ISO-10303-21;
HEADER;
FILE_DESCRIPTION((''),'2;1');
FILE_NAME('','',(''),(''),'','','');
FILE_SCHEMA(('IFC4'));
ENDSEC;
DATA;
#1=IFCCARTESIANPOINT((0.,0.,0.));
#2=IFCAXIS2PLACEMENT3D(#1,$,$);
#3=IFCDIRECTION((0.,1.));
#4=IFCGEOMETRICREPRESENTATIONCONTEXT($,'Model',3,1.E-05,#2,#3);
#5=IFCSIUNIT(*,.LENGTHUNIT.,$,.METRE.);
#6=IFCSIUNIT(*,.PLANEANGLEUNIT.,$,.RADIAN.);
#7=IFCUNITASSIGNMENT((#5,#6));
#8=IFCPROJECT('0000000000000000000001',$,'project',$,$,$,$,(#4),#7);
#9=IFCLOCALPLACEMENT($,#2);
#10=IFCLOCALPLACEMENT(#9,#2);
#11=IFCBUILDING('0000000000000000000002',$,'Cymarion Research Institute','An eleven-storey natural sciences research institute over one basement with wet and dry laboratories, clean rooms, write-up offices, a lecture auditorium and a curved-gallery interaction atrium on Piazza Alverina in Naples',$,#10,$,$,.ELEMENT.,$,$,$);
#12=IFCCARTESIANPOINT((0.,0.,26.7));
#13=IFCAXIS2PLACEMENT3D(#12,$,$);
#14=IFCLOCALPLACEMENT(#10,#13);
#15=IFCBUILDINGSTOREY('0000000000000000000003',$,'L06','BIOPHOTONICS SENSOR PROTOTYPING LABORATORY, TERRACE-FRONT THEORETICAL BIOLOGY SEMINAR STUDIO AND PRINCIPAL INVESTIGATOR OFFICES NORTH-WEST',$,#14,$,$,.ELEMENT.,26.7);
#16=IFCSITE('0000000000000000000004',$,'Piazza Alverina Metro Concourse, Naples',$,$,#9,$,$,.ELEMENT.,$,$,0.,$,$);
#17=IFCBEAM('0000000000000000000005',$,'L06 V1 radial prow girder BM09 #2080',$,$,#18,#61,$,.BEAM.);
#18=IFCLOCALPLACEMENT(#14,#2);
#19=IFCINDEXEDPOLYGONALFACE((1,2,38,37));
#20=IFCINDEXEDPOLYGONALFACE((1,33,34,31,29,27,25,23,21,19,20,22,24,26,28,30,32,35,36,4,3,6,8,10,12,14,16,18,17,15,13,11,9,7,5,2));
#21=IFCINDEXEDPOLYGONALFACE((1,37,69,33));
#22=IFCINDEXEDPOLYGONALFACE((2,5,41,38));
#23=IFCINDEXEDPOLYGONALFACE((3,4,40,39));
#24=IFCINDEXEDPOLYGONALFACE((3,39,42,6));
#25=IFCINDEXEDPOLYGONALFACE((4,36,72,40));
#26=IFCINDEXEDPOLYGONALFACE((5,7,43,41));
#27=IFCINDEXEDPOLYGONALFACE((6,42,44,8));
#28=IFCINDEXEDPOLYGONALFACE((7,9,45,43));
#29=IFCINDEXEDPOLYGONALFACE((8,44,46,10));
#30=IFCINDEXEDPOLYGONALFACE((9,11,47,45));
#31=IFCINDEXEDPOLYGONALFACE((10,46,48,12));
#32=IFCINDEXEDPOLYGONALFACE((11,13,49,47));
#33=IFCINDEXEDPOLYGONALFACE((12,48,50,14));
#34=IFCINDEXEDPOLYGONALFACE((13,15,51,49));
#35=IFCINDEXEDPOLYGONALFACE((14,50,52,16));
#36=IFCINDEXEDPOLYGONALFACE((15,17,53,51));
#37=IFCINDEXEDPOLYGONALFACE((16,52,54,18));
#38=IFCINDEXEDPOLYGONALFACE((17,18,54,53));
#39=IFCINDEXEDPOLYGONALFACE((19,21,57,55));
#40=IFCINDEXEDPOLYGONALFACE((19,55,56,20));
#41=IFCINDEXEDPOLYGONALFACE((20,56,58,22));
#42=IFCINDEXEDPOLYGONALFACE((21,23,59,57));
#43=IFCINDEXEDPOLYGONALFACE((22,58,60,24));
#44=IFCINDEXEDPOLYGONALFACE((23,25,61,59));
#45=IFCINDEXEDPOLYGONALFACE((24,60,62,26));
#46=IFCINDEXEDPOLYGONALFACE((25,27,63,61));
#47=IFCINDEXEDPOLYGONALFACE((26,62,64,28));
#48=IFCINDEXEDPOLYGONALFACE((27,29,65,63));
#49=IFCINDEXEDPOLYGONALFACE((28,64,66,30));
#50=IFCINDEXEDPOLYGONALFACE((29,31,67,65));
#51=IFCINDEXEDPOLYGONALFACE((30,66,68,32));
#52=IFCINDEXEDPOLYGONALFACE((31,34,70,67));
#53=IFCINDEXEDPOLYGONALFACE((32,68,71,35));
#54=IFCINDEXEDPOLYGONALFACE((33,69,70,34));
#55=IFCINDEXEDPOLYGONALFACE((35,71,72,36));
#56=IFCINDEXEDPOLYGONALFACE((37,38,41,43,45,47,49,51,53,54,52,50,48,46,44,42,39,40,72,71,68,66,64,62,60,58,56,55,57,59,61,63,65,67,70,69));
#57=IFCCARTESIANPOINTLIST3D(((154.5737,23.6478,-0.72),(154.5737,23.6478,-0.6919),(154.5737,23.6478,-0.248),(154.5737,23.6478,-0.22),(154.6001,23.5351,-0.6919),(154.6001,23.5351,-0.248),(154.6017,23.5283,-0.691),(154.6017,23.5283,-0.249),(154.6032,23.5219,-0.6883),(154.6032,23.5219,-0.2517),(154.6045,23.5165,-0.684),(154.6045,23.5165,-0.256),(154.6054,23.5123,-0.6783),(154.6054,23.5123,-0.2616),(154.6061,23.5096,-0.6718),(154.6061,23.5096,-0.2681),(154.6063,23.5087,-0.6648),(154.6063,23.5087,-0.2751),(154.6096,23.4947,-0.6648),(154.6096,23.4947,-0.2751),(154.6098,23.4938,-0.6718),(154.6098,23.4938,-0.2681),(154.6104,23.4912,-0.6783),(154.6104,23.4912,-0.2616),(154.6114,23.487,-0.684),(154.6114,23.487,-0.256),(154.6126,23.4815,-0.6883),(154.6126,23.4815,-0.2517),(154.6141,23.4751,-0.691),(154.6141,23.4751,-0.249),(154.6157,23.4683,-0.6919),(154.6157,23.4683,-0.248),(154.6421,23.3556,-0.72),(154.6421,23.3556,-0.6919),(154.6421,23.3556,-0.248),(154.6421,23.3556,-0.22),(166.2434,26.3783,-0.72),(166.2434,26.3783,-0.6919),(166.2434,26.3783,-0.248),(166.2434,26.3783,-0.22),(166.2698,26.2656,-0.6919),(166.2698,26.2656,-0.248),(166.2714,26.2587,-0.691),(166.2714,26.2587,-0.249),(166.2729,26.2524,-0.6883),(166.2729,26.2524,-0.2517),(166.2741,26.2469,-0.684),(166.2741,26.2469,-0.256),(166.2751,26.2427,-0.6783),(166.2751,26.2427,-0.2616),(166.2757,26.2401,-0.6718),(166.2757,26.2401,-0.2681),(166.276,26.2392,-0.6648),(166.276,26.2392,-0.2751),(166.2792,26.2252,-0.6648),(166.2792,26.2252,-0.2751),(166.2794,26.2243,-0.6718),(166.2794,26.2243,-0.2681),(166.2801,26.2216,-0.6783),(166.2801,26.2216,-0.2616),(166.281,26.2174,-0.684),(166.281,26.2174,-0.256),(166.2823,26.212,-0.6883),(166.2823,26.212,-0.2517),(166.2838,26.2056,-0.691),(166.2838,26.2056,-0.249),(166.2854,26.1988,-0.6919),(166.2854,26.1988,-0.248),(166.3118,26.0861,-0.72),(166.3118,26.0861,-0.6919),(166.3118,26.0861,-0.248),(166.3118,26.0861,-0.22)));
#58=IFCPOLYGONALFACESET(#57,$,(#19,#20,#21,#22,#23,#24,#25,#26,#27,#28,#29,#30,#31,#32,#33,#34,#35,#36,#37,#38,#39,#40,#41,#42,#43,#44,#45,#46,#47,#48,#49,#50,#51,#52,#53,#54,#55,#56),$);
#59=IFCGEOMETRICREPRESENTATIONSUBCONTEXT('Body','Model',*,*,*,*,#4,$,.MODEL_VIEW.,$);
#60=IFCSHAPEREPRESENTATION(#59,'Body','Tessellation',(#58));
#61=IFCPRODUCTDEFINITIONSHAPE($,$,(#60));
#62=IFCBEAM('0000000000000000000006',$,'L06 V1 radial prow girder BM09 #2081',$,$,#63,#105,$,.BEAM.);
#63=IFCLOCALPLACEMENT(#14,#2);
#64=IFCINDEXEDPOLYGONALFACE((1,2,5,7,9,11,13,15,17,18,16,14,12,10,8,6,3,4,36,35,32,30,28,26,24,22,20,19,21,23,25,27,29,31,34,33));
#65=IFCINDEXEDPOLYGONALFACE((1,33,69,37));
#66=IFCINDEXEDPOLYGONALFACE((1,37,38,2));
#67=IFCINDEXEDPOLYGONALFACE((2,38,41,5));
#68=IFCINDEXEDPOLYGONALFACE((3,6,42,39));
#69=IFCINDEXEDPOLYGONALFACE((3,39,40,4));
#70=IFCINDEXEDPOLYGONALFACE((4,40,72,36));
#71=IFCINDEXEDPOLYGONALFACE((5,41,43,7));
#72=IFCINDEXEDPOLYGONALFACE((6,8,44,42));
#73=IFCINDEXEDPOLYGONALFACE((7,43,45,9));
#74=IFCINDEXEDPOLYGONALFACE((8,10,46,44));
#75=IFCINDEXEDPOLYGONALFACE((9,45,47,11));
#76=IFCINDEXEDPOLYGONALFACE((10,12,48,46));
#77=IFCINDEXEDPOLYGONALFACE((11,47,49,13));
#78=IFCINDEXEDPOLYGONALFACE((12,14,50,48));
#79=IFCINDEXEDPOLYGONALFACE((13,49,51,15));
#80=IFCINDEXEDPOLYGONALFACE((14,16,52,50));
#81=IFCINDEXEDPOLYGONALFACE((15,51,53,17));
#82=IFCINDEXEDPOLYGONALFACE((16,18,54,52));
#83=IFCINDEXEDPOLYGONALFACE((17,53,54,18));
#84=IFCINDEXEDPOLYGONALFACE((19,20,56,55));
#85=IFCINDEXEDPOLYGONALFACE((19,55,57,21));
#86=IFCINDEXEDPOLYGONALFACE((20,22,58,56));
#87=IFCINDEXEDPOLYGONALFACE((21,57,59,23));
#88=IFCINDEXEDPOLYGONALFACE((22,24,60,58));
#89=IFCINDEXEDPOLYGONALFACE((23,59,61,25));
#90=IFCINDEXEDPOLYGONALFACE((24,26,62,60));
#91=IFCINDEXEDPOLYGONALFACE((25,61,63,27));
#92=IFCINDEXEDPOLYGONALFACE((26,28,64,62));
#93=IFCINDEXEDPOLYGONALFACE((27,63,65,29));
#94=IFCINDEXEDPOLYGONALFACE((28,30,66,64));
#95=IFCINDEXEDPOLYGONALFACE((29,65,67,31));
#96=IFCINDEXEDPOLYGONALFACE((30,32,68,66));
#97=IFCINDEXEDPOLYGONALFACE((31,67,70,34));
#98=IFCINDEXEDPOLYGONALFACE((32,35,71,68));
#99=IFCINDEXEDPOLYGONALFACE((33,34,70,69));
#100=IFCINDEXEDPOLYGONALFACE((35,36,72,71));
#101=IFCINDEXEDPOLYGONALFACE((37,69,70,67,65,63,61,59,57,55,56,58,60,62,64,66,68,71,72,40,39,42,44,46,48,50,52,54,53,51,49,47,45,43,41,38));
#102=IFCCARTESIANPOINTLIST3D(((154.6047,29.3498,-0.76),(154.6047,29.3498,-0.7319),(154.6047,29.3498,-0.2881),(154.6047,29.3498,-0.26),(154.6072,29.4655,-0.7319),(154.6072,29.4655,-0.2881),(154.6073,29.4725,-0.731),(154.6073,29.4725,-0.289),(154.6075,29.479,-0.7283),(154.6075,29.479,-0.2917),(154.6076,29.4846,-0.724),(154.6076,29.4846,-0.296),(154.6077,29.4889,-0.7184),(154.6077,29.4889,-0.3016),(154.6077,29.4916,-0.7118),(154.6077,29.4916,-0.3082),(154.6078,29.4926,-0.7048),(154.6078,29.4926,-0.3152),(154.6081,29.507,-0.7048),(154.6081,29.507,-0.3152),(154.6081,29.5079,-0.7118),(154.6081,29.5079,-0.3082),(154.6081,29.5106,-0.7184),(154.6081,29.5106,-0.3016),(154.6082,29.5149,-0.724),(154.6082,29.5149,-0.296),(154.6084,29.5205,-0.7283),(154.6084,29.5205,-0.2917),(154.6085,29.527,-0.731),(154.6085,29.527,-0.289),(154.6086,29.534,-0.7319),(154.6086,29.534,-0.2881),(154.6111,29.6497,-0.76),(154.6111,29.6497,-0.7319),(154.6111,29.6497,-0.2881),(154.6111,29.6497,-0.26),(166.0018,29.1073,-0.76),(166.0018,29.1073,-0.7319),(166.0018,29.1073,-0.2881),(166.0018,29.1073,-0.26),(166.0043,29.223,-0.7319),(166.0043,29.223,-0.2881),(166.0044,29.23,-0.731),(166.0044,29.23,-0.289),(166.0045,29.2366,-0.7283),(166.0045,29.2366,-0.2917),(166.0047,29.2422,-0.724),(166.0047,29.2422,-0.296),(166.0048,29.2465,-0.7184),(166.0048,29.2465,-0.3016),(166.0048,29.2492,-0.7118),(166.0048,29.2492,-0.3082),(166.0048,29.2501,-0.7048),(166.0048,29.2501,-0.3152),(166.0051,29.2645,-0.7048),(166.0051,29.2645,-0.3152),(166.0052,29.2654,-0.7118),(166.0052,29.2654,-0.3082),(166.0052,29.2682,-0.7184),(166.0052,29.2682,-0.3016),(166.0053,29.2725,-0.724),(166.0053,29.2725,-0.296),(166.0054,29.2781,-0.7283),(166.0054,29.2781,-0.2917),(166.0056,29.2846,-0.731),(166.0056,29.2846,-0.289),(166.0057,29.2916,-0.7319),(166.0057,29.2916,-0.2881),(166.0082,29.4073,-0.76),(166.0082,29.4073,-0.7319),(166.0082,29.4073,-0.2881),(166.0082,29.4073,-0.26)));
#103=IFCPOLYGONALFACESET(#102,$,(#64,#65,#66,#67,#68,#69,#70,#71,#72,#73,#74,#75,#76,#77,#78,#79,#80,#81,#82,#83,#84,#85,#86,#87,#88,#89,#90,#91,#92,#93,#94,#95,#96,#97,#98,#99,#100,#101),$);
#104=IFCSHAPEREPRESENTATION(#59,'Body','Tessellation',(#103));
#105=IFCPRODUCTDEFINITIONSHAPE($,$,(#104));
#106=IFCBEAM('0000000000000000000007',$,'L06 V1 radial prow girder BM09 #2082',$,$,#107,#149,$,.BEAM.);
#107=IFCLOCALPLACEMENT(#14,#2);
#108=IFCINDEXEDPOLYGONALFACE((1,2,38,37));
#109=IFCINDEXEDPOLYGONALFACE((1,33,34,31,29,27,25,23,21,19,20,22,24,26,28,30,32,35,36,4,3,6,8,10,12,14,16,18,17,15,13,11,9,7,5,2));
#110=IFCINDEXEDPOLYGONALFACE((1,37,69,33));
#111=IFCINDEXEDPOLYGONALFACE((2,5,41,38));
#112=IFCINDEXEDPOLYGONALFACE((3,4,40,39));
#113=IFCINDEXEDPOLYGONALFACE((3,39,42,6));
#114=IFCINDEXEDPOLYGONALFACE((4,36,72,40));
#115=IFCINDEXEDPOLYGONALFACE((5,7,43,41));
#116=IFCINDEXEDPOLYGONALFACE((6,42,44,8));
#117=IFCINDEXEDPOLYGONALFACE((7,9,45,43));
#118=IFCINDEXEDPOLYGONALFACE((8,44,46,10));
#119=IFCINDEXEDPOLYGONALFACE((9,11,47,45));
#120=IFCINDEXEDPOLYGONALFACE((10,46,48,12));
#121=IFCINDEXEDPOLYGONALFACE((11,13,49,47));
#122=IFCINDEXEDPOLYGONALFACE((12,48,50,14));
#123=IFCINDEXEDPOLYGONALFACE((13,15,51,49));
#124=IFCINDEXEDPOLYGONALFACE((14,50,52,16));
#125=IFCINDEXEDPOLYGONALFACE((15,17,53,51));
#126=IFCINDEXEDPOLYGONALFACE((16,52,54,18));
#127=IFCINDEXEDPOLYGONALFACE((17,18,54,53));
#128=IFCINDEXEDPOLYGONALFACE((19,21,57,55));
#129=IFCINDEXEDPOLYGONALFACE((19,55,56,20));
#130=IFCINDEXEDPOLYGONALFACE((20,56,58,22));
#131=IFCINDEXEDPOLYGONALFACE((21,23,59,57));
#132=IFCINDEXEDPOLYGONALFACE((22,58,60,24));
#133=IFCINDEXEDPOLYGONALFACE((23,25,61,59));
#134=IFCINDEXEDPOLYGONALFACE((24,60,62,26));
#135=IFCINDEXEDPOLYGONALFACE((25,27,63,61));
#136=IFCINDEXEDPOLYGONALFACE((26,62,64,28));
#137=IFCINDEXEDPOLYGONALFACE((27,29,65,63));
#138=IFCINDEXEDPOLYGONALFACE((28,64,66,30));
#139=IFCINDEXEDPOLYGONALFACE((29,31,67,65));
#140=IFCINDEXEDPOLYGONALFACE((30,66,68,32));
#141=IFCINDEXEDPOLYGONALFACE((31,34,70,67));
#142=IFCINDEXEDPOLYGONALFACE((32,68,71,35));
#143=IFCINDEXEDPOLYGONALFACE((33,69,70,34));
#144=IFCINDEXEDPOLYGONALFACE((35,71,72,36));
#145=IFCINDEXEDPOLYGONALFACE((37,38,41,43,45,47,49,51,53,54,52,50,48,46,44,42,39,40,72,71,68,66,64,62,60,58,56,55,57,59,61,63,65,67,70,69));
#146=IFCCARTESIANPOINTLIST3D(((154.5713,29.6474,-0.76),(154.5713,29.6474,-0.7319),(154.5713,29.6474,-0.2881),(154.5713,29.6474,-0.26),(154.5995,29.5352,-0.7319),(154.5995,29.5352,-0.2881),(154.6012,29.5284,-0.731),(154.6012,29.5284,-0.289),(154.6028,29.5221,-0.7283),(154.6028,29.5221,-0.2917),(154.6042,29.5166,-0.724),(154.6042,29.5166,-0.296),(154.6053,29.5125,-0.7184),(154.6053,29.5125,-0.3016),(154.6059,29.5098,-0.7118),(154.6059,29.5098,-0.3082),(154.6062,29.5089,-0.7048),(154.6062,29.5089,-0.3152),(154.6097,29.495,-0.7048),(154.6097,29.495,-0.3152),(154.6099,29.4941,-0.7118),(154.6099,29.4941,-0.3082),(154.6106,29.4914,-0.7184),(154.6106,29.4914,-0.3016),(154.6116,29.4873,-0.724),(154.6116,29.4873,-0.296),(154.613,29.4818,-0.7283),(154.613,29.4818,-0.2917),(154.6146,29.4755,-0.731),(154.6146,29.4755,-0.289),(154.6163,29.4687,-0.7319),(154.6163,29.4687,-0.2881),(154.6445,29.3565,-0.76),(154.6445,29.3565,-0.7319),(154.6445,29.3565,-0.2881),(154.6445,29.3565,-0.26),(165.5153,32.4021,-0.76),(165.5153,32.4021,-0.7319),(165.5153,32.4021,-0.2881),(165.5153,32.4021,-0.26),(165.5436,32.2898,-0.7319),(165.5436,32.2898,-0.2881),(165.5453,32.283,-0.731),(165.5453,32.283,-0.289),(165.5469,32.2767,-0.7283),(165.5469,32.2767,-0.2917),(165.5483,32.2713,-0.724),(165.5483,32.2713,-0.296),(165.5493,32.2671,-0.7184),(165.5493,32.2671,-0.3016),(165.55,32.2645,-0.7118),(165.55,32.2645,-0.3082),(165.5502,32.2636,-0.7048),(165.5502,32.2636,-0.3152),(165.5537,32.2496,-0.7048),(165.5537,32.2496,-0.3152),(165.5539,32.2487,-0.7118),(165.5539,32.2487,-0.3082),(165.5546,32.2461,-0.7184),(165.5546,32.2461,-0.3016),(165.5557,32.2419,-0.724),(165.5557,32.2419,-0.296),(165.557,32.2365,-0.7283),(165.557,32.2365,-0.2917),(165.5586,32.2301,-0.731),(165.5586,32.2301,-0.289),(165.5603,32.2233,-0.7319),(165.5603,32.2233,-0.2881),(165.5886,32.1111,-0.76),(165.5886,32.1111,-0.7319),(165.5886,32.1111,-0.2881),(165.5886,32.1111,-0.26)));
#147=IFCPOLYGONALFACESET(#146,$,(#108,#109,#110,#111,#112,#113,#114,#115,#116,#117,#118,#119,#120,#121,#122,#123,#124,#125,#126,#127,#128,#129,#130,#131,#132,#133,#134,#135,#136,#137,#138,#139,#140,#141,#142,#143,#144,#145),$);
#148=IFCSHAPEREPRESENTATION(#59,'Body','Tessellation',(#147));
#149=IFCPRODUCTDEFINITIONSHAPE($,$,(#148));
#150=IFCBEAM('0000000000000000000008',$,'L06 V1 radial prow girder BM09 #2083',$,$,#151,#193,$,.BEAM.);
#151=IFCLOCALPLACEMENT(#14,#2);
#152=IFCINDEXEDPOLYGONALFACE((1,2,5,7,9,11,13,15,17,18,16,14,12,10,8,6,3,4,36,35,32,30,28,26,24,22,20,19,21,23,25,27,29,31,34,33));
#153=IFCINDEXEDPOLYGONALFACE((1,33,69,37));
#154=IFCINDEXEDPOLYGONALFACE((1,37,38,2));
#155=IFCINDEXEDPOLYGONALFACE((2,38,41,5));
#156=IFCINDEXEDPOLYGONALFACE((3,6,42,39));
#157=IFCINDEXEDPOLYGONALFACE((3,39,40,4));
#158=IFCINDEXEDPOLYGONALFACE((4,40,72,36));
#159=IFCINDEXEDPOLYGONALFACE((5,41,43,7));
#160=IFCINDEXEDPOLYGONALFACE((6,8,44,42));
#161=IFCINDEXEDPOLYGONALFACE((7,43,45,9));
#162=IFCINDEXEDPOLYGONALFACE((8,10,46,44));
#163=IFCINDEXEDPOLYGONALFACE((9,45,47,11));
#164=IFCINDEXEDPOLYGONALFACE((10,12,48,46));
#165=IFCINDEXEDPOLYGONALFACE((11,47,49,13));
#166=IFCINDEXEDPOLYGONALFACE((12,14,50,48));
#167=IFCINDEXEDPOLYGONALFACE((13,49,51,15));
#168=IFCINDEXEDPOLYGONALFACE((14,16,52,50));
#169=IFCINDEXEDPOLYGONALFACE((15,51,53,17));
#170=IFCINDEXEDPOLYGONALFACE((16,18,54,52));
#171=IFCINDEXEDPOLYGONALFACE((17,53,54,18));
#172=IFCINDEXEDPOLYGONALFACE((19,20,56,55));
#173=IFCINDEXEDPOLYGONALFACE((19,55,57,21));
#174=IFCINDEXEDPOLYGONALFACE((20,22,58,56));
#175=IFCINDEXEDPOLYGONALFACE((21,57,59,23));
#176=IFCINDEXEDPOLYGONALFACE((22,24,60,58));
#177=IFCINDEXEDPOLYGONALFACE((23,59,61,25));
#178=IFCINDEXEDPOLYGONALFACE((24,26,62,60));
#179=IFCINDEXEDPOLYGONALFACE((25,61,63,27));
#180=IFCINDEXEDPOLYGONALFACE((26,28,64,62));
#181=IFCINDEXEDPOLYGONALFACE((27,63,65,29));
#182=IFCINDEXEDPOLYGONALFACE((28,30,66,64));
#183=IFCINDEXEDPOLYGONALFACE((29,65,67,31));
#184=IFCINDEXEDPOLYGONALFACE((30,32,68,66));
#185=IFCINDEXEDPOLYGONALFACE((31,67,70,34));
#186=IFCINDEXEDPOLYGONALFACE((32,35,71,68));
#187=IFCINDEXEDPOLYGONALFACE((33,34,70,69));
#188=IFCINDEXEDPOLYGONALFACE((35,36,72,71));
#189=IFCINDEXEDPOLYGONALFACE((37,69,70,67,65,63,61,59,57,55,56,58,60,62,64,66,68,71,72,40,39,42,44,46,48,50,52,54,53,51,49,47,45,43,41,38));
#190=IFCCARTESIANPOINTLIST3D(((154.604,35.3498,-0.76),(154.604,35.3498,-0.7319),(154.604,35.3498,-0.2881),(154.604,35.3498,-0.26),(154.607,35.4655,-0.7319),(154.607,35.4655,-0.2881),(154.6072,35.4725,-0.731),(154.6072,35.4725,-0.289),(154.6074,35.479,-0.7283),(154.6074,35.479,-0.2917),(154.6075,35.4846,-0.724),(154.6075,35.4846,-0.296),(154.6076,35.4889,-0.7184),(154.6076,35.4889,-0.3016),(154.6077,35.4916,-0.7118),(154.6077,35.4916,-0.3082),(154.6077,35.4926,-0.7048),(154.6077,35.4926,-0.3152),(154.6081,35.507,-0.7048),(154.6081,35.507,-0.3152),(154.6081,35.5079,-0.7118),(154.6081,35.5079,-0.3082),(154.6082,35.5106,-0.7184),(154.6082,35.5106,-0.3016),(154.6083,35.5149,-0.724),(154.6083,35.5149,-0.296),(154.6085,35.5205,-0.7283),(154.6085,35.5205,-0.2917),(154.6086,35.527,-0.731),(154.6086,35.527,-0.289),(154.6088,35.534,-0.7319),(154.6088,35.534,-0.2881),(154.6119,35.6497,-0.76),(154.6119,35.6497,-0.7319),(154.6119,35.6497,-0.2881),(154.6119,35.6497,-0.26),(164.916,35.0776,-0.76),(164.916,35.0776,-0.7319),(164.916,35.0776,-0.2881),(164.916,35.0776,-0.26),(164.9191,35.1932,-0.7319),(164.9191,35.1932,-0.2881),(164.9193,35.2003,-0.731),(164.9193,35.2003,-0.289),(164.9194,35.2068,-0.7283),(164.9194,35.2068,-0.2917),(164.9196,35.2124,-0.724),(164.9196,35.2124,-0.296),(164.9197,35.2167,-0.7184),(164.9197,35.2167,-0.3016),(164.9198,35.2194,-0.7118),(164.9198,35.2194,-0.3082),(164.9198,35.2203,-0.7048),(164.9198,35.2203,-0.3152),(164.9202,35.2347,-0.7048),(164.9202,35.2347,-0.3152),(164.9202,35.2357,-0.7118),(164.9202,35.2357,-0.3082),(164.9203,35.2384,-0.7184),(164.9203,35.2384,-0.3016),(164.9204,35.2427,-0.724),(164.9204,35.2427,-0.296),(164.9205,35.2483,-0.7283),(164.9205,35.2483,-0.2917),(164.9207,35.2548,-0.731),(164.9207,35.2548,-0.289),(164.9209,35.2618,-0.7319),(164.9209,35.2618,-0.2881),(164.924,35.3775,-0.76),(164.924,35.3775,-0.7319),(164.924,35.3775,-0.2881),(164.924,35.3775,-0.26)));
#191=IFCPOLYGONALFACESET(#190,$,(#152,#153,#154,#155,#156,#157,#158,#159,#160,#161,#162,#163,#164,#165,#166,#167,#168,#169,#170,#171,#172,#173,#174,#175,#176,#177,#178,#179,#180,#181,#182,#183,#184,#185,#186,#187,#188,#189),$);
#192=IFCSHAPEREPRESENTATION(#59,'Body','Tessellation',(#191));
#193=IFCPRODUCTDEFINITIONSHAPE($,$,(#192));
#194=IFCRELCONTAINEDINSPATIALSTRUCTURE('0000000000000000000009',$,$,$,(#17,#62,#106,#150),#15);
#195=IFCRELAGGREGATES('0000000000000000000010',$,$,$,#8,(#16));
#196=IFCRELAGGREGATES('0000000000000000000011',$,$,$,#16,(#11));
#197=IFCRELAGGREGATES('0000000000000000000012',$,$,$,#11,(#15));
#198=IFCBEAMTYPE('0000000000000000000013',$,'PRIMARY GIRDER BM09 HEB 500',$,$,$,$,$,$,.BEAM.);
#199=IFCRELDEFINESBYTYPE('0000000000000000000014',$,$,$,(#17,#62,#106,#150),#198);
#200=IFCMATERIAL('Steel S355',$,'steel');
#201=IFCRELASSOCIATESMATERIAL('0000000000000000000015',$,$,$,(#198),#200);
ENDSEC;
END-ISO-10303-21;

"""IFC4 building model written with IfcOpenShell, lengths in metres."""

from ifc_helpers import new_model, si_unit, direction, frame, origin, origin_2d, place, context, subcontext, project, spatial, i_section, extrude, material, material_profile, profile_set, type_object, element, save


model = new_model("IFC4")

# Units and contexts
model_context = context("Model", 3, precision=1e-05, world=origin(), true_north=direction((0.0, 1.0)))
body_context = subcontext(model_context, "Body", "Model", "MODEL_VIEW")
ifc_project = project(units=[si_unit("LENGTHUNIT", "METRE"), si_unit("PLANEANGLEUNIT", "RADIAN")], contexts=[model_context])

# Site, building, storey
site_placement = place(None, origin())
site = spatial("IfcSite", under=ifc_project, at=site_placement, Name="Piazza Alverina Metro Concourse, Naples", CompositionType="ELEMENT", RefElevation=0.0)
building_placement = place(site_placement, origin())
building = spatial("IfcBuilding", under=site, at=building_placement, Name="Cymarion Research Institute", Description="An eleven-storey natural sciences research institute over one basement with wet and dry laboratories, clean rooms, write-up offices, a lecture auditorium and a curved-gallery interaction atrium on Piazza Alverina in Naples", CompositionType="ELEMENT")
storey_placement = place(building_placement, frame((0.0, 0.0, 26.7)))
storey = spatial("IfcBuildingStorey", under=building, at=storey_placement, Name="L06", Description="BIOPHOTONICS SENSOR PROTOTYPING LABORATORY, TERRACE-FRONT THEORETICAL BIOLOGY SEMINAR STUDIO AND PRINCIPAL INVESTIGATOR OFFICES NORTH-WEST", CompositionType="ELEMENT", Elevation=26.7)

# Shared definitions
ifc_material_1 = material(Name="Steel S355", Category="steel")

# Beams
ifc_material_profile_1 = material_profile(ifc_material_1, i_section(OverallWidth=0.3, OverallDepth=0.5, WebThickness=0.0144, FlangeThickness=0.0281, FilletRadius=0.0271, at=origin_2d()), Name="HEB 500")
ifc_profile_set_1 = profile_set([ifc_material_profile_1], Name="Steel S355")
beam_type_1 = type_object("IfcBeamType", Name="PRIMARY GIRDER BM09 HEB 500", PredefinedType="BEAM", material=ifc_profile_set_1)
beam_1_placement = place(storey_placement, frame((154.6079, 23.5017, -0.47), z_axis=(0.973702, 0.227827, 0.0), x_axis=(-0.227827, 0.973702, 0.0)))
element("IfcBeam", 1, at=beam_1_placement, inside=storey, type_object=beam_type_1, Name="L06 V1 radial prow girder BM09 #2080", PredefinedType="BEAM", context=body_context, shape_type="SweptSolid", body=[
    extrude(i_section(OverallWidth=0.3, OverallDepth=0.5, WebThickness=0.0144, FlangeThickness=0.0281, FilletRadius=0.0271, at=origin_2d()), origin(), (0.0, 0.0, 1.0), 11.9849),
])
beam_2_placement = place(storey_placement, frame((154.6079, 29.4998, -0.51), z_axis=(0.999774, -0.021267, 0.0), x_axis=(0.021267, 0.999774, 0.0)))
element("IfcBeam", 2, at=beam_2_placement, inside=storey, type_object=beam_type_1, Name="L06 V1 radial prow girder BM09 #2081", PredefinedType="BEAM", context=body_context, shape_type="SweptSolid", body=[
    extrude(i_section(OverallWidth=0.3, OverallDepth=0.5, WebThickness=0.0144, FlangeThickness=0.0281, FilletRadius=0.0271, at=origin_2d()), origin(), (0.0, 0.0, 1.0), 11.3997),
])
beam_3_placement = place(storey_placement, frame((154.6079, 29.502, -0.51), z_axis=(0.969753, 0.244088, 0.0), x_axis=(-0.244088, 0.969753, 0.0)))
element("IfcBeam", 3, at=beam_3_placement, inside=storey, type_object=beam_type_1, Name="L06 V1 radial prow girder BM09 #2082", PredefinedType="BEAM", context=body_context, shape_type="SweptSolid", body=[
    extrude(i_section(OverallWidth=0.3, OverallDepth=0.5, WebThickness=0.0144, FlangeThickness=0.0281, FilletRadius=0.0271, at=origin_2d()), origin(), (0.0, 0.0, 1.0), 11.2854),
])
beam_4_placement = place(storey_placement, frame((154.6079, 35.4998, -0.51), z_axis=(0.999652, -0.026389, 0.0), x_axis=(0.026389, 0.999652, 0.0)))
element("IfcBeam", 4, at=beam_4_placement, inside=storey, type_object=beam_type_1, Name="L06 V1 radial prow girder BM09 #2083", PredefinedType="BEAM", context=body_context, shape_type="SweptSolid", body=[
    extrude(i_section(OverallWidth=0.3, OverallDepth=0.5, WebThickness=0.0144, FlangeThickness=0.0281, FilletRadius=0.0271, at=origin_2d()), origin(), (0.0, 0.0, 1.0), 10.3157),
])

save(model, "model.ifc")
